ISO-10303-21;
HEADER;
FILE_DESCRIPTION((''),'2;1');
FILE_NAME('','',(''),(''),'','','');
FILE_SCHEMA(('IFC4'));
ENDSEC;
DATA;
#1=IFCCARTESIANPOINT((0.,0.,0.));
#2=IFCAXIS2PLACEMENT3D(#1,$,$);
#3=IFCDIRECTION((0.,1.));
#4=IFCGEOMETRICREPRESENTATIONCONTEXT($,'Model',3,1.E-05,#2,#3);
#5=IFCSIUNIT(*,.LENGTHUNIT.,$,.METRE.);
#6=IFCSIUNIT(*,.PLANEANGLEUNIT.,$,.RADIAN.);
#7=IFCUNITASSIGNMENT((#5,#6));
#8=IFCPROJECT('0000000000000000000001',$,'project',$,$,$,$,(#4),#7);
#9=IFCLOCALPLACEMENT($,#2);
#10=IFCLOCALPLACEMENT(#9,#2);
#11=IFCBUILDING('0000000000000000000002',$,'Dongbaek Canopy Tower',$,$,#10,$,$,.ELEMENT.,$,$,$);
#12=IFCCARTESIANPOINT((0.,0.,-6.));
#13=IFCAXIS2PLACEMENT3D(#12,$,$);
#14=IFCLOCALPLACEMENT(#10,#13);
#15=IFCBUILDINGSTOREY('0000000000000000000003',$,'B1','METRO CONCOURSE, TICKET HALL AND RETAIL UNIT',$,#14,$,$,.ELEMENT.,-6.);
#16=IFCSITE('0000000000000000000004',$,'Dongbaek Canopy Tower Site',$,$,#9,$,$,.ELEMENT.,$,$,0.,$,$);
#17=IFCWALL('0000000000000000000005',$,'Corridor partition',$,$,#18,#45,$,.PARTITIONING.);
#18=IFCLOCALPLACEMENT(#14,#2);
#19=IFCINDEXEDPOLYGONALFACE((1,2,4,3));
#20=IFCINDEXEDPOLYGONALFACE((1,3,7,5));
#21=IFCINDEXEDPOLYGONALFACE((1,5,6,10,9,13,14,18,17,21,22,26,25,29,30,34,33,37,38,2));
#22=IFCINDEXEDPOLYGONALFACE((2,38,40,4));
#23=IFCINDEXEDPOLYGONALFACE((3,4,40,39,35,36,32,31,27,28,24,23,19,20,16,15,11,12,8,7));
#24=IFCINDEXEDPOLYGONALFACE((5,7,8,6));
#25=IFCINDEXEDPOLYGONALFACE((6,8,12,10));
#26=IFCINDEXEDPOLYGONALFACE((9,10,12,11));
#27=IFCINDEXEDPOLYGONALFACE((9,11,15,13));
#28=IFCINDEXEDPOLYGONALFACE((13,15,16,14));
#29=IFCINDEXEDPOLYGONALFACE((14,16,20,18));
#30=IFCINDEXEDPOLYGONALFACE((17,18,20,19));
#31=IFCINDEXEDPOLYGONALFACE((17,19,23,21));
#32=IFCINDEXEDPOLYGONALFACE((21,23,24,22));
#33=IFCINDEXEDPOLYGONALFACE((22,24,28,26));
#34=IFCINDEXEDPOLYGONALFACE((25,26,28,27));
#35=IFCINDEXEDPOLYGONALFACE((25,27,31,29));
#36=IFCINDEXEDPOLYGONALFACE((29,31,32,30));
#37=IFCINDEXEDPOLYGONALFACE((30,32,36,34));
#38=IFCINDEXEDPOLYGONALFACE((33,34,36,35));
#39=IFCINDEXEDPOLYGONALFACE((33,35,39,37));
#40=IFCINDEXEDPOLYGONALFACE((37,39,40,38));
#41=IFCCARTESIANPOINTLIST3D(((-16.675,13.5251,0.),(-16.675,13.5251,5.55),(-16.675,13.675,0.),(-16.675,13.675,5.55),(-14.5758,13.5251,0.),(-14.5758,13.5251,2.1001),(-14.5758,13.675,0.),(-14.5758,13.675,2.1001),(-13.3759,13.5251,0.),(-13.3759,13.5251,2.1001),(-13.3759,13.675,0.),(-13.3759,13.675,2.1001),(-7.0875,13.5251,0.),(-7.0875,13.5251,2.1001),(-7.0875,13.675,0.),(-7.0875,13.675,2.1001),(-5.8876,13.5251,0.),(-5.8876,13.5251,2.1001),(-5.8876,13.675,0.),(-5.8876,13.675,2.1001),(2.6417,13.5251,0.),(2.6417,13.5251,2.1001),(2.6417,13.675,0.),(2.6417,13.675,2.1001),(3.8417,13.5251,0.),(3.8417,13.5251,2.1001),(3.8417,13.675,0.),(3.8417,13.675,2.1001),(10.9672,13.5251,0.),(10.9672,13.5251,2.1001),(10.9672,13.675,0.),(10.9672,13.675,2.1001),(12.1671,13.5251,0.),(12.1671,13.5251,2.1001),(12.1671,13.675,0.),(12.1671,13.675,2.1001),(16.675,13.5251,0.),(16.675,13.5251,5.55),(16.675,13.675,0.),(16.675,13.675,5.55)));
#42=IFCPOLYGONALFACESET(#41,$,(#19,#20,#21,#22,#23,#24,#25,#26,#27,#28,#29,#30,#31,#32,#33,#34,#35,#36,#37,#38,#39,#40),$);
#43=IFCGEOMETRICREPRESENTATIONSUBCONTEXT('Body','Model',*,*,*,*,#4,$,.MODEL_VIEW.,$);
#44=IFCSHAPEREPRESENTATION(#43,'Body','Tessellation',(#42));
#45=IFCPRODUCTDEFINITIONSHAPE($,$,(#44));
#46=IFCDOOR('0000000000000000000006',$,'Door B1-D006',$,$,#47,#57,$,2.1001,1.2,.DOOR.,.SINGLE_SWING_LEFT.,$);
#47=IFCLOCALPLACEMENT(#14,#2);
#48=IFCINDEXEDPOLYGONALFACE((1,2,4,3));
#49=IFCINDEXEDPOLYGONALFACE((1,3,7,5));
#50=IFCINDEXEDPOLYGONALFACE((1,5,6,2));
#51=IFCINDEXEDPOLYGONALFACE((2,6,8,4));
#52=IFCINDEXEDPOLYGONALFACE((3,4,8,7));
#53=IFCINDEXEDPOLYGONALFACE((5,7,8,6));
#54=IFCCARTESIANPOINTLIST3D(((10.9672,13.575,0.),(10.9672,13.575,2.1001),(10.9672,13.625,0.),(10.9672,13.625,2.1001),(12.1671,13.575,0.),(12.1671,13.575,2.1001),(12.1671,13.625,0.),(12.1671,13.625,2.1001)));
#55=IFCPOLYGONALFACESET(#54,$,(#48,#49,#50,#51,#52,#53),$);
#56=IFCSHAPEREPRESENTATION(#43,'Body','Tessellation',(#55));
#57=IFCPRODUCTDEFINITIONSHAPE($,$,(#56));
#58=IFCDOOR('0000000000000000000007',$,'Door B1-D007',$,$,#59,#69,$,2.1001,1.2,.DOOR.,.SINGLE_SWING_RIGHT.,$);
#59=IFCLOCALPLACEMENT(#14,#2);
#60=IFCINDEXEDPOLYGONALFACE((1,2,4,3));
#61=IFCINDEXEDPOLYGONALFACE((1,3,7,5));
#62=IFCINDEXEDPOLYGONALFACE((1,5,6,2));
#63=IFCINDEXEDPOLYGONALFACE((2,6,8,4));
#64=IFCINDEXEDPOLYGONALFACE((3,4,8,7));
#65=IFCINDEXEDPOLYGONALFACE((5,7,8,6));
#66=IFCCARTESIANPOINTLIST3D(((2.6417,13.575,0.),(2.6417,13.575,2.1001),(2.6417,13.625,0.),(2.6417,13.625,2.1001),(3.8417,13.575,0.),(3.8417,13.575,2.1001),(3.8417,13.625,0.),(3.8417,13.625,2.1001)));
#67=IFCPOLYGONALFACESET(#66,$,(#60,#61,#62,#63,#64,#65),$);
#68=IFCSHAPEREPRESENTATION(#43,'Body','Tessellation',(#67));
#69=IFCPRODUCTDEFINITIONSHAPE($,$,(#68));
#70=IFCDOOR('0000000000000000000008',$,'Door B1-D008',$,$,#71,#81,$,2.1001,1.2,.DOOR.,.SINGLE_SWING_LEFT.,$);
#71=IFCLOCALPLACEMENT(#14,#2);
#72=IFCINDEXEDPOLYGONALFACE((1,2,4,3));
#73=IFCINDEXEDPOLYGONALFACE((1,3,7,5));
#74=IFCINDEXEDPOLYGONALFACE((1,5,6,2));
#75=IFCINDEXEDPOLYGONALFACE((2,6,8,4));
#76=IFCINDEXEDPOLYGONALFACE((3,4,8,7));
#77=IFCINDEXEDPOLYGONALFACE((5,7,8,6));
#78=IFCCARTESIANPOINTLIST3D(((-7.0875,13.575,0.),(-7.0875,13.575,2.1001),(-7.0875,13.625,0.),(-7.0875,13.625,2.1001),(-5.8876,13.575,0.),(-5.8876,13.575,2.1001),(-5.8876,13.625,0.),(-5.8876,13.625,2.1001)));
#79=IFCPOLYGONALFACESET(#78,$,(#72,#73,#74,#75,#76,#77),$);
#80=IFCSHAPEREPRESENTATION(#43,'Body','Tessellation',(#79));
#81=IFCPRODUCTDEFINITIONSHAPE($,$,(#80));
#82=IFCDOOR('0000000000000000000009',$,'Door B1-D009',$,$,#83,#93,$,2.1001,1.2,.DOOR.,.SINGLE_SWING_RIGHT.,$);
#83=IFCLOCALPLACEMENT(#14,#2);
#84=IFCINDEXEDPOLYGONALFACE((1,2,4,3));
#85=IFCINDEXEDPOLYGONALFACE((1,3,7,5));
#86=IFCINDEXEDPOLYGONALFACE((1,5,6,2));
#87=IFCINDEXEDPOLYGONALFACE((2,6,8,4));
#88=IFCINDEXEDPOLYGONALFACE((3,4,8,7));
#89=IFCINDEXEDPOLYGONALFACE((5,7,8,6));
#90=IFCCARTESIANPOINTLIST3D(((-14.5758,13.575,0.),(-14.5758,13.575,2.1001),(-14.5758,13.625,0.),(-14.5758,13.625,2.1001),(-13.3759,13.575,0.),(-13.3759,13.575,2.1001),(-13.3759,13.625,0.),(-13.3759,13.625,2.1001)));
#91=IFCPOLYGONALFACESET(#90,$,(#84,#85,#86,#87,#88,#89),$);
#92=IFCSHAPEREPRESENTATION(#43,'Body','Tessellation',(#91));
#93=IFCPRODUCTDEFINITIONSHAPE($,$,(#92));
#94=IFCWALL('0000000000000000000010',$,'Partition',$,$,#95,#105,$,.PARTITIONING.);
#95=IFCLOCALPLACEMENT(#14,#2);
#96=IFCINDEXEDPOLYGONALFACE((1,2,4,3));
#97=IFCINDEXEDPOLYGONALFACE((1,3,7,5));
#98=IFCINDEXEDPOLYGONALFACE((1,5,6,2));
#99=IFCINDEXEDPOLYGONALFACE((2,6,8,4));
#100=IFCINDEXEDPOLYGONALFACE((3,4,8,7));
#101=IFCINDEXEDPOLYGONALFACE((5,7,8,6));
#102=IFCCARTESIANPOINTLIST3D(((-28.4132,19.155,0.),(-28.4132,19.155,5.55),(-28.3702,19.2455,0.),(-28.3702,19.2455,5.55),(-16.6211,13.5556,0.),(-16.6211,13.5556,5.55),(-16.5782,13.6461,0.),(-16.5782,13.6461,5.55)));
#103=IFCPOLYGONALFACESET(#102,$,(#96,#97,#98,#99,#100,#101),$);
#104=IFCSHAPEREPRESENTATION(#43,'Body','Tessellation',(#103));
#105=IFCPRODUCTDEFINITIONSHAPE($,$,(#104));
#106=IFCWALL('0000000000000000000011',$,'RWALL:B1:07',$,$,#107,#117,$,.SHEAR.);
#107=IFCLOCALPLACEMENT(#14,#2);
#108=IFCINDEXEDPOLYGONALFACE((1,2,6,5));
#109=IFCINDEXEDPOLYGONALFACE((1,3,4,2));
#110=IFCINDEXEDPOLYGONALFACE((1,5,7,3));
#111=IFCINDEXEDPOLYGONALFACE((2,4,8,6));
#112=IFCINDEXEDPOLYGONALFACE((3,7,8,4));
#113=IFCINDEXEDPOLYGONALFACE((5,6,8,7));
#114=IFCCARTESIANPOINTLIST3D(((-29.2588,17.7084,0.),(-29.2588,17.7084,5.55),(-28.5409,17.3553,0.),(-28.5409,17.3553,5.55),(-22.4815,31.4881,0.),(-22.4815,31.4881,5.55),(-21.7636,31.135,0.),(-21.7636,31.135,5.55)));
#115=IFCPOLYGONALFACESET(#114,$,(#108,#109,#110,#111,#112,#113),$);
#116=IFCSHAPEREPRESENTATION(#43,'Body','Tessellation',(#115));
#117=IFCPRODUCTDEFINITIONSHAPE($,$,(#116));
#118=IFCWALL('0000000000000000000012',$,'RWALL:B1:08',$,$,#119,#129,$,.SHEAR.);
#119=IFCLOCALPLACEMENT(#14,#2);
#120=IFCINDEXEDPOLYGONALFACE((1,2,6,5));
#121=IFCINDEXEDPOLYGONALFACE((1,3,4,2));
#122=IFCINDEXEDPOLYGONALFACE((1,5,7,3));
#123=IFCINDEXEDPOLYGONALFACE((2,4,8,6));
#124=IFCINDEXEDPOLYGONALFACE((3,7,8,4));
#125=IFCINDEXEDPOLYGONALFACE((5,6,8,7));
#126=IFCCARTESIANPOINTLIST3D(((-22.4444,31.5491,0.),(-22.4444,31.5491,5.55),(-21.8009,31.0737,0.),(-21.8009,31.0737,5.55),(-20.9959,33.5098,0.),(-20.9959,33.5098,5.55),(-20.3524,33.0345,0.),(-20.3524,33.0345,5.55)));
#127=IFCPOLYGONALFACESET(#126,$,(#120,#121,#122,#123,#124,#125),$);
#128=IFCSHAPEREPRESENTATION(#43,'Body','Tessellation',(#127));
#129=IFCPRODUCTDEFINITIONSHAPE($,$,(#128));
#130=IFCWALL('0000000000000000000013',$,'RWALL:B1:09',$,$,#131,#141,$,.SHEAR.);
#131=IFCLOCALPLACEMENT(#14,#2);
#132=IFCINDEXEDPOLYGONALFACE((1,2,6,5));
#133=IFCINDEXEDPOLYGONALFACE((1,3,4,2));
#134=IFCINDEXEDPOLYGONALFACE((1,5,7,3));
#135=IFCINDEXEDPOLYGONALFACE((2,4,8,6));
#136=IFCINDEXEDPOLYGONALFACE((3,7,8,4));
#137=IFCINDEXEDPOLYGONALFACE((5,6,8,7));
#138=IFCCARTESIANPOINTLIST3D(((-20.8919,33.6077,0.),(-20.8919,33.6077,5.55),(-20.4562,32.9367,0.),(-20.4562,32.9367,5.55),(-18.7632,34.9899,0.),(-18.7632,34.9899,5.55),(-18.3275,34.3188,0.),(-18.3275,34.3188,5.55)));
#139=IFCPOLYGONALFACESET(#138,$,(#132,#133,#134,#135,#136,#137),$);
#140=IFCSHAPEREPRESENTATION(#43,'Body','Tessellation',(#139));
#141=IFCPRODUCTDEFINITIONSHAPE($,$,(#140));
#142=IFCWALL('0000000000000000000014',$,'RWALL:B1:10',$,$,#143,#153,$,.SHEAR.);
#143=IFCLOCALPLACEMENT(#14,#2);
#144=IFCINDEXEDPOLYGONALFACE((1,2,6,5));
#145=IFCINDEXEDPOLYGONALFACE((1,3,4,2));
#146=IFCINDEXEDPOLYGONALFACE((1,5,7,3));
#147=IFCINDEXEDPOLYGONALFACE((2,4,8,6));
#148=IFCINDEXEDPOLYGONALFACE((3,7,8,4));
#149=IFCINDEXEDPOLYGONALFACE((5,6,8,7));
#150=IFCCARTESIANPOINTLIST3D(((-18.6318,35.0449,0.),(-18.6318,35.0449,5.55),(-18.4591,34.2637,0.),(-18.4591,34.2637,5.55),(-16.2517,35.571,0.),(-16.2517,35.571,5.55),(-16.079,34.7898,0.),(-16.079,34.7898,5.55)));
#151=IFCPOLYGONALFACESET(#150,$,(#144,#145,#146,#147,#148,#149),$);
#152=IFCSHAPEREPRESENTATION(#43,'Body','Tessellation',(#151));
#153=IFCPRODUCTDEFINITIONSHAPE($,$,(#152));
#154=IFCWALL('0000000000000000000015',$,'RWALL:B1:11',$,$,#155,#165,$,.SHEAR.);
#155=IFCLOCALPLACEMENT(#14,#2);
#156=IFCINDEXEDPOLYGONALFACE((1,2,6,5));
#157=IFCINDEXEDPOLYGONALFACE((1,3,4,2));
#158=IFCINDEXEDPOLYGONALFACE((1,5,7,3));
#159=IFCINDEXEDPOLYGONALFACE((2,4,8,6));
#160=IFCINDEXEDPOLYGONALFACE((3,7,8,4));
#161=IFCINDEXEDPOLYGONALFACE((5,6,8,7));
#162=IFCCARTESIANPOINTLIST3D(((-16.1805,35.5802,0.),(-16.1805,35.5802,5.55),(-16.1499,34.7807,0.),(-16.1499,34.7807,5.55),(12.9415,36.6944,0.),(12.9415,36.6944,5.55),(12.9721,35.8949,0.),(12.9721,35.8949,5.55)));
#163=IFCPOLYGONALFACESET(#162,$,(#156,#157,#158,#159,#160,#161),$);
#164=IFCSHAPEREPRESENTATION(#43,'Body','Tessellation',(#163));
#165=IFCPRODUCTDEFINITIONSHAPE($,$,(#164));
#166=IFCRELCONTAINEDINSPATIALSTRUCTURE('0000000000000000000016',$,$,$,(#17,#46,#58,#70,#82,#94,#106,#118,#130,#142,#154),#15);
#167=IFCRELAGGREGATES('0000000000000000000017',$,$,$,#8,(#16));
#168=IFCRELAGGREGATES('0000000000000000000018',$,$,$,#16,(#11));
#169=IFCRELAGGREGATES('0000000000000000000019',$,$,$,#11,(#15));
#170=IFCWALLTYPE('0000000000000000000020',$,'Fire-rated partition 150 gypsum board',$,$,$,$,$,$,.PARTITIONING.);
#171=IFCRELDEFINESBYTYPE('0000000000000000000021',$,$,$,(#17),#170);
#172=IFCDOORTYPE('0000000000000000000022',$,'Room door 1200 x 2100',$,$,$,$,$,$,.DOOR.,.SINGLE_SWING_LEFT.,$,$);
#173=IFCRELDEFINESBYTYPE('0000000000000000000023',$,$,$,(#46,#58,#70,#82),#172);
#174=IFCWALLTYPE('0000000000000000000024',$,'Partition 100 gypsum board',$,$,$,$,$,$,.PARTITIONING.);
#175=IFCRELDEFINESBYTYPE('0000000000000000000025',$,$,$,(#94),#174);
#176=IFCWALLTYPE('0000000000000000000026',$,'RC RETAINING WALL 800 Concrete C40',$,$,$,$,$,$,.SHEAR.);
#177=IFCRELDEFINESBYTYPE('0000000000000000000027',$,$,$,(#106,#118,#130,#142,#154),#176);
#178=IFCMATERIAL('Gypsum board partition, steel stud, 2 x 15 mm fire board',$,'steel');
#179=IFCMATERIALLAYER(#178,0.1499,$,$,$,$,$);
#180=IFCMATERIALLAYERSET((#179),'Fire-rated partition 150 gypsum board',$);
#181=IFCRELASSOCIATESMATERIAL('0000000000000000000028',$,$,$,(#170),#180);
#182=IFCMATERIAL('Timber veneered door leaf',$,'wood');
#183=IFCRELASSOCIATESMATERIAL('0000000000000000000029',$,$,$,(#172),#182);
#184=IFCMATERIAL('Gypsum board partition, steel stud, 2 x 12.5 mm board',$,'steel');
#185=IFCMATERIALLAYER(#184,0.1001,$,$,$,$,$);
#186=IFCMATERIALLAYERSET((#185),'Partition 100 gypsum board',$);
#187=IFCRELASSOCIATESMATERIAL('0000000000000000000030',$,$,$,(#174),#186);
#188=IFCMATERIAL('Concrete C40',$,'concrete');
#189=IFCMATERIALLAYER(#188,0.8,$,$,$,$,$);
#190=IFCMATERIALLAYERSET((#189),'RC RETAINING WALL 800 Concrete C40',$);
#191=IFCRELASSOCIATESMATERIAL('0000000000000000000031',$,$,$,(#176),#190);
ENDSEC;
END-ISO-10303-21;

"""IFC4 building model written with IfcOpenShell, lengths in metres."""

from ifc_helpers import new_model, si_unit, direction, frame, frame_2d, origin, place, context, subcontext, project, spatial, rectangle, extrude, material, layer, layer_set, type_object, element, fill, save


model = new_model("IFC4")

# Units and contexts
model_context = context("Model", 3, precision=1e-05, world=origin(), true_north=direction((0.0, 1.0)))
body_context = subcontext(model_context, "Body", "Model", "MODEL_VIEW")
ifc_project = project(units=[si_unit("LENGTHUNIT", "METRE"), si_unit("PLANEANGLEUNIT", "RADIAN")], contexts=[model_context])

# Site, building, storey
site_placement = place(None, origin())
site = spatial("IfcSite", under=ifc_project, at=site_placement, Name="Dongbaek Canopy Tower Site", CompositionType="ELEMENT", RefElevation=0.0)
building_placement = place(site_placement, origin())
building = spatial("IfcBuilding", under=site, at=building_placement, Name="Dongbaek Canopy Tower", CompositionType="ELEMENT")
storey_placement = place(building_placement, frame((0.0, 0.0, -6.0)))
storey = spatial("IfcBuildingStorey", under=building, at=storey_placement, Name="B1", Description="METRO CONCOURSE, TICKET HALL AND RETAIL UNIT", CompositionType="ELEMENT", Elevation=-6.0)

# Wall, openings, doors
ifc_material_1 = material(Name="Gypsum board partition, steel stud, 2 x 15 mm fire board", Category="steel")
ifc_layer_1 = layer(ifc_material_1, 0.1499)
ifc_layer_set_1 = layer_set([ifc_layer_1], Name="Fire-rated partition 150 gypsum board")
wall_type_1 = type_object("IfcWallType", Name="Fire-rated partition 150 gypsum board", PredefinedType="PARTITIONING", material=ifc_layer_set_1)
wall_1_placement = place(storey_placement, frame((-16.675, 13.6001, 0.0), z_axis=(0.0, 0.0, 1.0), x_axis=(1.0, 0.0, 0.0)))
wall_1 = element("IfcWall", 1, at=wall_1_placement, inside=storey, type_object=wall_type_1, Name="Corridor partition", PredefinedType="PARTITIONING", context=body_context, shape_type="SweptSolid", body=[
    extrude(rectangle(XDim=33.3501, YDim=0.1499, at=frame_2d((16.675, 0.0))), origin(), (0.0, 0.0, 1.0), 5.55),
])
opening_1_placement = place(wall_1_placement, frame((27.6421, 0.0, 0.0)))
opening_1 = element("IfcOpeningElement", 2, at=opening_1_placement, cuts=wall_1, PredefinedType="OPENING", context=body_context, shape_type="SweptSolid", body=[
    extrude(rectangle(XDim=1.2, YDim=2.1001, at=frame_2d((0.6001, 1.05))), frame((0.0, 0.085, 0.0), z_axis=(0.0, -1.0, 0.0), x_axis=(1.0, 0.0, 0.0)), (0.0, 0.0, 1.0), 0.1699),
])
opening_2_placement = place(wall_1_placement, frame((19.3167, 0.0, 0.0)))
opening_2 = element("IfcOpeningElement", 3, at=opening_2_placement, cuts=wall_1, PredefinedType="OPENING", context=body_context, shape_type="SweptSolid", body=[
    extrude(rectangle(XDim=1.2, YDim=2.1001, at=frame_2d((0.6001, 1.05))), frame((0.0, 0.085, 0.0), z_axis=(0.0, -1.0, 0.0), x_axis=(1.0, 0.0, 0.0)), (0.0, 0.0, 1.0), 0.1699),
])
opening_3_placement = place(wall_1_placement, frame((9.5874, 0.0, 0.0)))
opening_3 = element("IfcOpeningElement", 4, at=opening_3_placement, cuts=wall_1, PredefinedType="OPENING", context=body_context, shape_type="SweptSolid", body=[
    extrude(rectangle(XDim=1.2, YDim=2.1001, at=frame_2d((0.6001, 1.05))), frame((0.0, 0.085, 0.0), z_axis=(0.0, -1.0, 0.0), x_axis=(1.0, 0.0, 0.0)), (0.0, 0.0, 1.0), 0.1699),
])
opening_4_placement = place(wall_1_placement, frame((2.0991, 0.0, 0.0)))
opening_4 = element("IfcOpeningElement", 5, at=opening_4_placement, cuts=wall_1, PredefinedType="OPENING", context=body_context, shape_type="SweptSolid", body=[
    extrude(rectangle(XDim=1.2, YDim=2.1001, at=frame_2d((0.6001, 1.05))), frame((0.0, 0.085, 0.0), z_axis=(0.0, -1.0, 0.0), x_axis=(1.0, 0.0, 0.0)), (0.0, 0.0, 1.0), 0.1699),
])
ifc_material_2 = material(Name="Timber veneered door leaf", Category="wood")
door_type_1 = type_object("IfcDoorType", Name="Room door 1200 x 2100", OperationType="SINGLE_SWING_LEFT", PredefinedType="DOOR", material=ifc_material_2)
door_1_placement = place(opening_1_placement, origin())
door_1 = element("IfcDoor", 6, at=door_1_placement, inside=storey, type_object=door_type_1, Name="Door B1-D006", OperationType="SINGLE_SWING_LEFT", OverallHeight=2.1001, OverallWidth=1.2, PredefinedType="DOOR", context=body_context, shape_type="SweptSolid", body=[
    extrude(rectangle(XDim=1.2, YDim=2.1001, at=frame_2d((0.6001, 1.05))), frame((0.0, 0.0249, 0.0), z_axis=(0.0, -1.0, 0.0), x_axis=(1.0, 0.0, 0.0)), (0.0, 0.0, 1.0), 0.05),
])
fill(opening_1, door_1)
door_2_placement = place(opening_2_placement, origin())
door_2 = element("IfcDoor", 7, at=door_2_placement, inside=storey, type_object=door_type_1, Name="Door B1-D007", OperationType="SINGLE_SWING_RIGHT", OverallHeight=2.1001, OverallWidth=1.2, PredefinedType="DOOR", context=body_context, shape_type="SweptSolid", body=[
    extrude(rectangle(XDim=1.2, YDim=2.1001, at=frame_2d((0.6001, 1.05))), frame((0.0, 0.0249, 0.0), z_axis=(0.0, -1.0, 0.0), x_axis=(1.0, 0.0, 0.0)), (0.0, 0.0, 1.0), 0.05),
])
fill(opening_2, door_2)
door_3_placement = place(opening_3_placement, origin())
door_3 = element("IfcDoor", 8, at=door_3_placement, inside=storey, type_object=door_type_1, Name="Door B1-D008", OperationType="SINGLE_SWING_LEFT", OverallHeight=2.1001, OverallWidth=1.2, PredefinedType="DOOR", context=body_context, shape_type="SweptSolid", body=[
    extrude(rectangle(XDim=1.2, YDim=2.1001, at=frame_2d((0.6001, 1.05))), frame((0.0, 0.0249, 0.0), z_axis=(0.0, -1.0, 0.0), x_axis=(1.0, 0.0, 0.0)), (0.0, 0.0, 1.0), 0.05),
])
fill(opening_3, door_3)
door_4_placement = place(opening_4_placement, origin())
door_4 = element("IfcDoor", 9, at=door_4_placement, inside=storey, type_object=door_type_1, Name="Door B1-D009", OperationType="SINGLE_SWING_RIGHT", OverallHeight=2.1001, OverallWidth=1.2, PredefinedType="DOOR", context=body_context, shape_type="SweptSolid", body=[
    extrude(rectangle(XDim=1.2, YDim=2.1001, at=frame_2d((0.6001, 1.05))), frame((0.0, 0.0249, 0.0), z_axis=(0.0, -1.0, 0.0), x_axis=(1.0, 0.0, 0.0)), (0.0, 0.0, 1.0), 0.05),
])
fill(opening_4, door_4)

# Walls
ifc_material_3 = material(Name="Gypsum board partition, steel stud, 2 x 12.5 mm board", Category="steel")
ifc_layer_2 = layer(ifc_material_3, 0.1001)
ifc_layer_set_2 = layer_set([ifc_layer_2], Name="Partition 100 gypsum board")
wall_type_2 = type_object("IfcWallType", Name="Partition 100 gypsum board", PredefinedType="PARTITIONING", material=ifc_layer_set_2)
wall_2_placement = place(storey_placement, frame((-28.3916, 19.2002, 0.0), z_axis=(0.0, 0.0, 1.0), x_axis=(0.903332, -0.428942, 0.0)))
element("IfcWall", 10, at=wall_2_placement, inside=storey, type_object=wall_type_2, Name="Partition", PredefinedType="PARTITIONING", context=body_context, shape_type="SweptSolid", body=[
    extrude(rectangle(XDim=13.054, YDim=0.1001, at=frame_2d((6.5269, 0.0))), origin(), (0.0, 0.0, 1.0), 5.55),
])
ifc_material_4 = material(Name="Concrete C40", Category="concrete")
ifc_layer_3 = layer(ifc_material_4, 0.8)
ifc_layer_set_3 = layer_set([ifc_layer_3], Name="RC RETAINING WALL 800 Concrete C40")
wall_type_3 = type_object("IfcWallType", Name="RC RETAINING WALL 800 Concrete C40", PredefinedType="SHEAR", material=ifc_layer_set_3)
wall_3_placement = place(storey_placement, frame((-28.8999, 17.5317, 0.0), z_axis=(0.0, 0.0, 1.0), x_axis=(0.441341, 0.89734, 0.0)))
element("IfcWall", 11, at=wall_3_placement, inside=storey, type_object=wall_type_3, Name="RWALL:B1:07", PredefinedType="SHEAR", context=body_context, shape_type="SweptSolid", body=[
    extrude(rectangle(XDim=15.3562, YDim=0.8, at=frame_2d((7.6782, 0.0))), origin(), (0.0, 0.0, 1.0), 5.55),
])
wall_4_placement = place(storey_placement, frame((-22.1226, 31.3115, 0.0), z_axis=(0.0, 0.0, 1.0), x_axis=(0.5942, 0.804318, 0.0)))
element("IfcWall", 12, at=wall_4_placement, inside=storey, type_object=wall_type_3, Name="RWALL:B1:08", PredefinedType="SHEAR", context=body_context, shape_type="SweptSolid", body=[
    extrude(rectangle(XDim=2.4377, YDim=0.8, at=frame_2d((1.2188, 0.0))), origin(), (0.0, 0.0, 1.0), 5.55),
])
wall_5_placement = place(storey_placement, frame((-20.6741, 33.2722, 0.0), z_axis=(0.0, 0.0, 1.0), x_axis=(0.838723, 0.544559, 0.0)))
element("IfcWall", 13, at=wall_5_placement, inside=storey, type_object=wall_type_3, Name="RWALL:B1:09", PredefinedType="SHEAR", context=body_context, shape_type="SweptSolid", body=[
    extrude(rectangle(XDim=2.5381, YDim=0.8, at=frame_2d((1.269, 0.0))), origin(), (0.0, 0.0, 1.0), 5.55),
])
wall_6_placement = place(storey_placement, frame((-18.5454, 34.6543, 0.0), z_axis=(0.0, 0.0, 1.0), x_axis=(0.976429, 0.215838, 0.0)))
element("IfcWall", 14, at=wall_6_placement, inside=storey, type_object=wall_type_3, Name="RWALL:B1:10", PredefinedType="SHEAR", context=body_context, shape_type="SweptSolid", body=[
    extrude(rectangle(XDim=2.4375, YDim=0.8, at=frame_2d((1.2188, 0.0))), origin(), (0.0, 0.0, 1.0), 5.55),
])
wall_7_placement = place(storey_placement, frame((-16.1653, 35.1804, 0.0), z_axis=(0.0, 0.0, 1.0), x_axis=(0.999269, 0.038234, 0.0)))
element("IfcWall", 15, at=wall_7_placement, inside=storey, type_object=wall_type_3, Name="RWALL:B1:11", PredefinedType="SHEAR", context=body_context, shape_type="SweptSolid", body=[
    extrude(rectangle(XDim=29.1433, YDim=0.8, at=frame_2d((14.5718, 0.0))), origin(), (0.0, 0.0, 1.0), 5.55),
])

save(model, "model.ifc")
